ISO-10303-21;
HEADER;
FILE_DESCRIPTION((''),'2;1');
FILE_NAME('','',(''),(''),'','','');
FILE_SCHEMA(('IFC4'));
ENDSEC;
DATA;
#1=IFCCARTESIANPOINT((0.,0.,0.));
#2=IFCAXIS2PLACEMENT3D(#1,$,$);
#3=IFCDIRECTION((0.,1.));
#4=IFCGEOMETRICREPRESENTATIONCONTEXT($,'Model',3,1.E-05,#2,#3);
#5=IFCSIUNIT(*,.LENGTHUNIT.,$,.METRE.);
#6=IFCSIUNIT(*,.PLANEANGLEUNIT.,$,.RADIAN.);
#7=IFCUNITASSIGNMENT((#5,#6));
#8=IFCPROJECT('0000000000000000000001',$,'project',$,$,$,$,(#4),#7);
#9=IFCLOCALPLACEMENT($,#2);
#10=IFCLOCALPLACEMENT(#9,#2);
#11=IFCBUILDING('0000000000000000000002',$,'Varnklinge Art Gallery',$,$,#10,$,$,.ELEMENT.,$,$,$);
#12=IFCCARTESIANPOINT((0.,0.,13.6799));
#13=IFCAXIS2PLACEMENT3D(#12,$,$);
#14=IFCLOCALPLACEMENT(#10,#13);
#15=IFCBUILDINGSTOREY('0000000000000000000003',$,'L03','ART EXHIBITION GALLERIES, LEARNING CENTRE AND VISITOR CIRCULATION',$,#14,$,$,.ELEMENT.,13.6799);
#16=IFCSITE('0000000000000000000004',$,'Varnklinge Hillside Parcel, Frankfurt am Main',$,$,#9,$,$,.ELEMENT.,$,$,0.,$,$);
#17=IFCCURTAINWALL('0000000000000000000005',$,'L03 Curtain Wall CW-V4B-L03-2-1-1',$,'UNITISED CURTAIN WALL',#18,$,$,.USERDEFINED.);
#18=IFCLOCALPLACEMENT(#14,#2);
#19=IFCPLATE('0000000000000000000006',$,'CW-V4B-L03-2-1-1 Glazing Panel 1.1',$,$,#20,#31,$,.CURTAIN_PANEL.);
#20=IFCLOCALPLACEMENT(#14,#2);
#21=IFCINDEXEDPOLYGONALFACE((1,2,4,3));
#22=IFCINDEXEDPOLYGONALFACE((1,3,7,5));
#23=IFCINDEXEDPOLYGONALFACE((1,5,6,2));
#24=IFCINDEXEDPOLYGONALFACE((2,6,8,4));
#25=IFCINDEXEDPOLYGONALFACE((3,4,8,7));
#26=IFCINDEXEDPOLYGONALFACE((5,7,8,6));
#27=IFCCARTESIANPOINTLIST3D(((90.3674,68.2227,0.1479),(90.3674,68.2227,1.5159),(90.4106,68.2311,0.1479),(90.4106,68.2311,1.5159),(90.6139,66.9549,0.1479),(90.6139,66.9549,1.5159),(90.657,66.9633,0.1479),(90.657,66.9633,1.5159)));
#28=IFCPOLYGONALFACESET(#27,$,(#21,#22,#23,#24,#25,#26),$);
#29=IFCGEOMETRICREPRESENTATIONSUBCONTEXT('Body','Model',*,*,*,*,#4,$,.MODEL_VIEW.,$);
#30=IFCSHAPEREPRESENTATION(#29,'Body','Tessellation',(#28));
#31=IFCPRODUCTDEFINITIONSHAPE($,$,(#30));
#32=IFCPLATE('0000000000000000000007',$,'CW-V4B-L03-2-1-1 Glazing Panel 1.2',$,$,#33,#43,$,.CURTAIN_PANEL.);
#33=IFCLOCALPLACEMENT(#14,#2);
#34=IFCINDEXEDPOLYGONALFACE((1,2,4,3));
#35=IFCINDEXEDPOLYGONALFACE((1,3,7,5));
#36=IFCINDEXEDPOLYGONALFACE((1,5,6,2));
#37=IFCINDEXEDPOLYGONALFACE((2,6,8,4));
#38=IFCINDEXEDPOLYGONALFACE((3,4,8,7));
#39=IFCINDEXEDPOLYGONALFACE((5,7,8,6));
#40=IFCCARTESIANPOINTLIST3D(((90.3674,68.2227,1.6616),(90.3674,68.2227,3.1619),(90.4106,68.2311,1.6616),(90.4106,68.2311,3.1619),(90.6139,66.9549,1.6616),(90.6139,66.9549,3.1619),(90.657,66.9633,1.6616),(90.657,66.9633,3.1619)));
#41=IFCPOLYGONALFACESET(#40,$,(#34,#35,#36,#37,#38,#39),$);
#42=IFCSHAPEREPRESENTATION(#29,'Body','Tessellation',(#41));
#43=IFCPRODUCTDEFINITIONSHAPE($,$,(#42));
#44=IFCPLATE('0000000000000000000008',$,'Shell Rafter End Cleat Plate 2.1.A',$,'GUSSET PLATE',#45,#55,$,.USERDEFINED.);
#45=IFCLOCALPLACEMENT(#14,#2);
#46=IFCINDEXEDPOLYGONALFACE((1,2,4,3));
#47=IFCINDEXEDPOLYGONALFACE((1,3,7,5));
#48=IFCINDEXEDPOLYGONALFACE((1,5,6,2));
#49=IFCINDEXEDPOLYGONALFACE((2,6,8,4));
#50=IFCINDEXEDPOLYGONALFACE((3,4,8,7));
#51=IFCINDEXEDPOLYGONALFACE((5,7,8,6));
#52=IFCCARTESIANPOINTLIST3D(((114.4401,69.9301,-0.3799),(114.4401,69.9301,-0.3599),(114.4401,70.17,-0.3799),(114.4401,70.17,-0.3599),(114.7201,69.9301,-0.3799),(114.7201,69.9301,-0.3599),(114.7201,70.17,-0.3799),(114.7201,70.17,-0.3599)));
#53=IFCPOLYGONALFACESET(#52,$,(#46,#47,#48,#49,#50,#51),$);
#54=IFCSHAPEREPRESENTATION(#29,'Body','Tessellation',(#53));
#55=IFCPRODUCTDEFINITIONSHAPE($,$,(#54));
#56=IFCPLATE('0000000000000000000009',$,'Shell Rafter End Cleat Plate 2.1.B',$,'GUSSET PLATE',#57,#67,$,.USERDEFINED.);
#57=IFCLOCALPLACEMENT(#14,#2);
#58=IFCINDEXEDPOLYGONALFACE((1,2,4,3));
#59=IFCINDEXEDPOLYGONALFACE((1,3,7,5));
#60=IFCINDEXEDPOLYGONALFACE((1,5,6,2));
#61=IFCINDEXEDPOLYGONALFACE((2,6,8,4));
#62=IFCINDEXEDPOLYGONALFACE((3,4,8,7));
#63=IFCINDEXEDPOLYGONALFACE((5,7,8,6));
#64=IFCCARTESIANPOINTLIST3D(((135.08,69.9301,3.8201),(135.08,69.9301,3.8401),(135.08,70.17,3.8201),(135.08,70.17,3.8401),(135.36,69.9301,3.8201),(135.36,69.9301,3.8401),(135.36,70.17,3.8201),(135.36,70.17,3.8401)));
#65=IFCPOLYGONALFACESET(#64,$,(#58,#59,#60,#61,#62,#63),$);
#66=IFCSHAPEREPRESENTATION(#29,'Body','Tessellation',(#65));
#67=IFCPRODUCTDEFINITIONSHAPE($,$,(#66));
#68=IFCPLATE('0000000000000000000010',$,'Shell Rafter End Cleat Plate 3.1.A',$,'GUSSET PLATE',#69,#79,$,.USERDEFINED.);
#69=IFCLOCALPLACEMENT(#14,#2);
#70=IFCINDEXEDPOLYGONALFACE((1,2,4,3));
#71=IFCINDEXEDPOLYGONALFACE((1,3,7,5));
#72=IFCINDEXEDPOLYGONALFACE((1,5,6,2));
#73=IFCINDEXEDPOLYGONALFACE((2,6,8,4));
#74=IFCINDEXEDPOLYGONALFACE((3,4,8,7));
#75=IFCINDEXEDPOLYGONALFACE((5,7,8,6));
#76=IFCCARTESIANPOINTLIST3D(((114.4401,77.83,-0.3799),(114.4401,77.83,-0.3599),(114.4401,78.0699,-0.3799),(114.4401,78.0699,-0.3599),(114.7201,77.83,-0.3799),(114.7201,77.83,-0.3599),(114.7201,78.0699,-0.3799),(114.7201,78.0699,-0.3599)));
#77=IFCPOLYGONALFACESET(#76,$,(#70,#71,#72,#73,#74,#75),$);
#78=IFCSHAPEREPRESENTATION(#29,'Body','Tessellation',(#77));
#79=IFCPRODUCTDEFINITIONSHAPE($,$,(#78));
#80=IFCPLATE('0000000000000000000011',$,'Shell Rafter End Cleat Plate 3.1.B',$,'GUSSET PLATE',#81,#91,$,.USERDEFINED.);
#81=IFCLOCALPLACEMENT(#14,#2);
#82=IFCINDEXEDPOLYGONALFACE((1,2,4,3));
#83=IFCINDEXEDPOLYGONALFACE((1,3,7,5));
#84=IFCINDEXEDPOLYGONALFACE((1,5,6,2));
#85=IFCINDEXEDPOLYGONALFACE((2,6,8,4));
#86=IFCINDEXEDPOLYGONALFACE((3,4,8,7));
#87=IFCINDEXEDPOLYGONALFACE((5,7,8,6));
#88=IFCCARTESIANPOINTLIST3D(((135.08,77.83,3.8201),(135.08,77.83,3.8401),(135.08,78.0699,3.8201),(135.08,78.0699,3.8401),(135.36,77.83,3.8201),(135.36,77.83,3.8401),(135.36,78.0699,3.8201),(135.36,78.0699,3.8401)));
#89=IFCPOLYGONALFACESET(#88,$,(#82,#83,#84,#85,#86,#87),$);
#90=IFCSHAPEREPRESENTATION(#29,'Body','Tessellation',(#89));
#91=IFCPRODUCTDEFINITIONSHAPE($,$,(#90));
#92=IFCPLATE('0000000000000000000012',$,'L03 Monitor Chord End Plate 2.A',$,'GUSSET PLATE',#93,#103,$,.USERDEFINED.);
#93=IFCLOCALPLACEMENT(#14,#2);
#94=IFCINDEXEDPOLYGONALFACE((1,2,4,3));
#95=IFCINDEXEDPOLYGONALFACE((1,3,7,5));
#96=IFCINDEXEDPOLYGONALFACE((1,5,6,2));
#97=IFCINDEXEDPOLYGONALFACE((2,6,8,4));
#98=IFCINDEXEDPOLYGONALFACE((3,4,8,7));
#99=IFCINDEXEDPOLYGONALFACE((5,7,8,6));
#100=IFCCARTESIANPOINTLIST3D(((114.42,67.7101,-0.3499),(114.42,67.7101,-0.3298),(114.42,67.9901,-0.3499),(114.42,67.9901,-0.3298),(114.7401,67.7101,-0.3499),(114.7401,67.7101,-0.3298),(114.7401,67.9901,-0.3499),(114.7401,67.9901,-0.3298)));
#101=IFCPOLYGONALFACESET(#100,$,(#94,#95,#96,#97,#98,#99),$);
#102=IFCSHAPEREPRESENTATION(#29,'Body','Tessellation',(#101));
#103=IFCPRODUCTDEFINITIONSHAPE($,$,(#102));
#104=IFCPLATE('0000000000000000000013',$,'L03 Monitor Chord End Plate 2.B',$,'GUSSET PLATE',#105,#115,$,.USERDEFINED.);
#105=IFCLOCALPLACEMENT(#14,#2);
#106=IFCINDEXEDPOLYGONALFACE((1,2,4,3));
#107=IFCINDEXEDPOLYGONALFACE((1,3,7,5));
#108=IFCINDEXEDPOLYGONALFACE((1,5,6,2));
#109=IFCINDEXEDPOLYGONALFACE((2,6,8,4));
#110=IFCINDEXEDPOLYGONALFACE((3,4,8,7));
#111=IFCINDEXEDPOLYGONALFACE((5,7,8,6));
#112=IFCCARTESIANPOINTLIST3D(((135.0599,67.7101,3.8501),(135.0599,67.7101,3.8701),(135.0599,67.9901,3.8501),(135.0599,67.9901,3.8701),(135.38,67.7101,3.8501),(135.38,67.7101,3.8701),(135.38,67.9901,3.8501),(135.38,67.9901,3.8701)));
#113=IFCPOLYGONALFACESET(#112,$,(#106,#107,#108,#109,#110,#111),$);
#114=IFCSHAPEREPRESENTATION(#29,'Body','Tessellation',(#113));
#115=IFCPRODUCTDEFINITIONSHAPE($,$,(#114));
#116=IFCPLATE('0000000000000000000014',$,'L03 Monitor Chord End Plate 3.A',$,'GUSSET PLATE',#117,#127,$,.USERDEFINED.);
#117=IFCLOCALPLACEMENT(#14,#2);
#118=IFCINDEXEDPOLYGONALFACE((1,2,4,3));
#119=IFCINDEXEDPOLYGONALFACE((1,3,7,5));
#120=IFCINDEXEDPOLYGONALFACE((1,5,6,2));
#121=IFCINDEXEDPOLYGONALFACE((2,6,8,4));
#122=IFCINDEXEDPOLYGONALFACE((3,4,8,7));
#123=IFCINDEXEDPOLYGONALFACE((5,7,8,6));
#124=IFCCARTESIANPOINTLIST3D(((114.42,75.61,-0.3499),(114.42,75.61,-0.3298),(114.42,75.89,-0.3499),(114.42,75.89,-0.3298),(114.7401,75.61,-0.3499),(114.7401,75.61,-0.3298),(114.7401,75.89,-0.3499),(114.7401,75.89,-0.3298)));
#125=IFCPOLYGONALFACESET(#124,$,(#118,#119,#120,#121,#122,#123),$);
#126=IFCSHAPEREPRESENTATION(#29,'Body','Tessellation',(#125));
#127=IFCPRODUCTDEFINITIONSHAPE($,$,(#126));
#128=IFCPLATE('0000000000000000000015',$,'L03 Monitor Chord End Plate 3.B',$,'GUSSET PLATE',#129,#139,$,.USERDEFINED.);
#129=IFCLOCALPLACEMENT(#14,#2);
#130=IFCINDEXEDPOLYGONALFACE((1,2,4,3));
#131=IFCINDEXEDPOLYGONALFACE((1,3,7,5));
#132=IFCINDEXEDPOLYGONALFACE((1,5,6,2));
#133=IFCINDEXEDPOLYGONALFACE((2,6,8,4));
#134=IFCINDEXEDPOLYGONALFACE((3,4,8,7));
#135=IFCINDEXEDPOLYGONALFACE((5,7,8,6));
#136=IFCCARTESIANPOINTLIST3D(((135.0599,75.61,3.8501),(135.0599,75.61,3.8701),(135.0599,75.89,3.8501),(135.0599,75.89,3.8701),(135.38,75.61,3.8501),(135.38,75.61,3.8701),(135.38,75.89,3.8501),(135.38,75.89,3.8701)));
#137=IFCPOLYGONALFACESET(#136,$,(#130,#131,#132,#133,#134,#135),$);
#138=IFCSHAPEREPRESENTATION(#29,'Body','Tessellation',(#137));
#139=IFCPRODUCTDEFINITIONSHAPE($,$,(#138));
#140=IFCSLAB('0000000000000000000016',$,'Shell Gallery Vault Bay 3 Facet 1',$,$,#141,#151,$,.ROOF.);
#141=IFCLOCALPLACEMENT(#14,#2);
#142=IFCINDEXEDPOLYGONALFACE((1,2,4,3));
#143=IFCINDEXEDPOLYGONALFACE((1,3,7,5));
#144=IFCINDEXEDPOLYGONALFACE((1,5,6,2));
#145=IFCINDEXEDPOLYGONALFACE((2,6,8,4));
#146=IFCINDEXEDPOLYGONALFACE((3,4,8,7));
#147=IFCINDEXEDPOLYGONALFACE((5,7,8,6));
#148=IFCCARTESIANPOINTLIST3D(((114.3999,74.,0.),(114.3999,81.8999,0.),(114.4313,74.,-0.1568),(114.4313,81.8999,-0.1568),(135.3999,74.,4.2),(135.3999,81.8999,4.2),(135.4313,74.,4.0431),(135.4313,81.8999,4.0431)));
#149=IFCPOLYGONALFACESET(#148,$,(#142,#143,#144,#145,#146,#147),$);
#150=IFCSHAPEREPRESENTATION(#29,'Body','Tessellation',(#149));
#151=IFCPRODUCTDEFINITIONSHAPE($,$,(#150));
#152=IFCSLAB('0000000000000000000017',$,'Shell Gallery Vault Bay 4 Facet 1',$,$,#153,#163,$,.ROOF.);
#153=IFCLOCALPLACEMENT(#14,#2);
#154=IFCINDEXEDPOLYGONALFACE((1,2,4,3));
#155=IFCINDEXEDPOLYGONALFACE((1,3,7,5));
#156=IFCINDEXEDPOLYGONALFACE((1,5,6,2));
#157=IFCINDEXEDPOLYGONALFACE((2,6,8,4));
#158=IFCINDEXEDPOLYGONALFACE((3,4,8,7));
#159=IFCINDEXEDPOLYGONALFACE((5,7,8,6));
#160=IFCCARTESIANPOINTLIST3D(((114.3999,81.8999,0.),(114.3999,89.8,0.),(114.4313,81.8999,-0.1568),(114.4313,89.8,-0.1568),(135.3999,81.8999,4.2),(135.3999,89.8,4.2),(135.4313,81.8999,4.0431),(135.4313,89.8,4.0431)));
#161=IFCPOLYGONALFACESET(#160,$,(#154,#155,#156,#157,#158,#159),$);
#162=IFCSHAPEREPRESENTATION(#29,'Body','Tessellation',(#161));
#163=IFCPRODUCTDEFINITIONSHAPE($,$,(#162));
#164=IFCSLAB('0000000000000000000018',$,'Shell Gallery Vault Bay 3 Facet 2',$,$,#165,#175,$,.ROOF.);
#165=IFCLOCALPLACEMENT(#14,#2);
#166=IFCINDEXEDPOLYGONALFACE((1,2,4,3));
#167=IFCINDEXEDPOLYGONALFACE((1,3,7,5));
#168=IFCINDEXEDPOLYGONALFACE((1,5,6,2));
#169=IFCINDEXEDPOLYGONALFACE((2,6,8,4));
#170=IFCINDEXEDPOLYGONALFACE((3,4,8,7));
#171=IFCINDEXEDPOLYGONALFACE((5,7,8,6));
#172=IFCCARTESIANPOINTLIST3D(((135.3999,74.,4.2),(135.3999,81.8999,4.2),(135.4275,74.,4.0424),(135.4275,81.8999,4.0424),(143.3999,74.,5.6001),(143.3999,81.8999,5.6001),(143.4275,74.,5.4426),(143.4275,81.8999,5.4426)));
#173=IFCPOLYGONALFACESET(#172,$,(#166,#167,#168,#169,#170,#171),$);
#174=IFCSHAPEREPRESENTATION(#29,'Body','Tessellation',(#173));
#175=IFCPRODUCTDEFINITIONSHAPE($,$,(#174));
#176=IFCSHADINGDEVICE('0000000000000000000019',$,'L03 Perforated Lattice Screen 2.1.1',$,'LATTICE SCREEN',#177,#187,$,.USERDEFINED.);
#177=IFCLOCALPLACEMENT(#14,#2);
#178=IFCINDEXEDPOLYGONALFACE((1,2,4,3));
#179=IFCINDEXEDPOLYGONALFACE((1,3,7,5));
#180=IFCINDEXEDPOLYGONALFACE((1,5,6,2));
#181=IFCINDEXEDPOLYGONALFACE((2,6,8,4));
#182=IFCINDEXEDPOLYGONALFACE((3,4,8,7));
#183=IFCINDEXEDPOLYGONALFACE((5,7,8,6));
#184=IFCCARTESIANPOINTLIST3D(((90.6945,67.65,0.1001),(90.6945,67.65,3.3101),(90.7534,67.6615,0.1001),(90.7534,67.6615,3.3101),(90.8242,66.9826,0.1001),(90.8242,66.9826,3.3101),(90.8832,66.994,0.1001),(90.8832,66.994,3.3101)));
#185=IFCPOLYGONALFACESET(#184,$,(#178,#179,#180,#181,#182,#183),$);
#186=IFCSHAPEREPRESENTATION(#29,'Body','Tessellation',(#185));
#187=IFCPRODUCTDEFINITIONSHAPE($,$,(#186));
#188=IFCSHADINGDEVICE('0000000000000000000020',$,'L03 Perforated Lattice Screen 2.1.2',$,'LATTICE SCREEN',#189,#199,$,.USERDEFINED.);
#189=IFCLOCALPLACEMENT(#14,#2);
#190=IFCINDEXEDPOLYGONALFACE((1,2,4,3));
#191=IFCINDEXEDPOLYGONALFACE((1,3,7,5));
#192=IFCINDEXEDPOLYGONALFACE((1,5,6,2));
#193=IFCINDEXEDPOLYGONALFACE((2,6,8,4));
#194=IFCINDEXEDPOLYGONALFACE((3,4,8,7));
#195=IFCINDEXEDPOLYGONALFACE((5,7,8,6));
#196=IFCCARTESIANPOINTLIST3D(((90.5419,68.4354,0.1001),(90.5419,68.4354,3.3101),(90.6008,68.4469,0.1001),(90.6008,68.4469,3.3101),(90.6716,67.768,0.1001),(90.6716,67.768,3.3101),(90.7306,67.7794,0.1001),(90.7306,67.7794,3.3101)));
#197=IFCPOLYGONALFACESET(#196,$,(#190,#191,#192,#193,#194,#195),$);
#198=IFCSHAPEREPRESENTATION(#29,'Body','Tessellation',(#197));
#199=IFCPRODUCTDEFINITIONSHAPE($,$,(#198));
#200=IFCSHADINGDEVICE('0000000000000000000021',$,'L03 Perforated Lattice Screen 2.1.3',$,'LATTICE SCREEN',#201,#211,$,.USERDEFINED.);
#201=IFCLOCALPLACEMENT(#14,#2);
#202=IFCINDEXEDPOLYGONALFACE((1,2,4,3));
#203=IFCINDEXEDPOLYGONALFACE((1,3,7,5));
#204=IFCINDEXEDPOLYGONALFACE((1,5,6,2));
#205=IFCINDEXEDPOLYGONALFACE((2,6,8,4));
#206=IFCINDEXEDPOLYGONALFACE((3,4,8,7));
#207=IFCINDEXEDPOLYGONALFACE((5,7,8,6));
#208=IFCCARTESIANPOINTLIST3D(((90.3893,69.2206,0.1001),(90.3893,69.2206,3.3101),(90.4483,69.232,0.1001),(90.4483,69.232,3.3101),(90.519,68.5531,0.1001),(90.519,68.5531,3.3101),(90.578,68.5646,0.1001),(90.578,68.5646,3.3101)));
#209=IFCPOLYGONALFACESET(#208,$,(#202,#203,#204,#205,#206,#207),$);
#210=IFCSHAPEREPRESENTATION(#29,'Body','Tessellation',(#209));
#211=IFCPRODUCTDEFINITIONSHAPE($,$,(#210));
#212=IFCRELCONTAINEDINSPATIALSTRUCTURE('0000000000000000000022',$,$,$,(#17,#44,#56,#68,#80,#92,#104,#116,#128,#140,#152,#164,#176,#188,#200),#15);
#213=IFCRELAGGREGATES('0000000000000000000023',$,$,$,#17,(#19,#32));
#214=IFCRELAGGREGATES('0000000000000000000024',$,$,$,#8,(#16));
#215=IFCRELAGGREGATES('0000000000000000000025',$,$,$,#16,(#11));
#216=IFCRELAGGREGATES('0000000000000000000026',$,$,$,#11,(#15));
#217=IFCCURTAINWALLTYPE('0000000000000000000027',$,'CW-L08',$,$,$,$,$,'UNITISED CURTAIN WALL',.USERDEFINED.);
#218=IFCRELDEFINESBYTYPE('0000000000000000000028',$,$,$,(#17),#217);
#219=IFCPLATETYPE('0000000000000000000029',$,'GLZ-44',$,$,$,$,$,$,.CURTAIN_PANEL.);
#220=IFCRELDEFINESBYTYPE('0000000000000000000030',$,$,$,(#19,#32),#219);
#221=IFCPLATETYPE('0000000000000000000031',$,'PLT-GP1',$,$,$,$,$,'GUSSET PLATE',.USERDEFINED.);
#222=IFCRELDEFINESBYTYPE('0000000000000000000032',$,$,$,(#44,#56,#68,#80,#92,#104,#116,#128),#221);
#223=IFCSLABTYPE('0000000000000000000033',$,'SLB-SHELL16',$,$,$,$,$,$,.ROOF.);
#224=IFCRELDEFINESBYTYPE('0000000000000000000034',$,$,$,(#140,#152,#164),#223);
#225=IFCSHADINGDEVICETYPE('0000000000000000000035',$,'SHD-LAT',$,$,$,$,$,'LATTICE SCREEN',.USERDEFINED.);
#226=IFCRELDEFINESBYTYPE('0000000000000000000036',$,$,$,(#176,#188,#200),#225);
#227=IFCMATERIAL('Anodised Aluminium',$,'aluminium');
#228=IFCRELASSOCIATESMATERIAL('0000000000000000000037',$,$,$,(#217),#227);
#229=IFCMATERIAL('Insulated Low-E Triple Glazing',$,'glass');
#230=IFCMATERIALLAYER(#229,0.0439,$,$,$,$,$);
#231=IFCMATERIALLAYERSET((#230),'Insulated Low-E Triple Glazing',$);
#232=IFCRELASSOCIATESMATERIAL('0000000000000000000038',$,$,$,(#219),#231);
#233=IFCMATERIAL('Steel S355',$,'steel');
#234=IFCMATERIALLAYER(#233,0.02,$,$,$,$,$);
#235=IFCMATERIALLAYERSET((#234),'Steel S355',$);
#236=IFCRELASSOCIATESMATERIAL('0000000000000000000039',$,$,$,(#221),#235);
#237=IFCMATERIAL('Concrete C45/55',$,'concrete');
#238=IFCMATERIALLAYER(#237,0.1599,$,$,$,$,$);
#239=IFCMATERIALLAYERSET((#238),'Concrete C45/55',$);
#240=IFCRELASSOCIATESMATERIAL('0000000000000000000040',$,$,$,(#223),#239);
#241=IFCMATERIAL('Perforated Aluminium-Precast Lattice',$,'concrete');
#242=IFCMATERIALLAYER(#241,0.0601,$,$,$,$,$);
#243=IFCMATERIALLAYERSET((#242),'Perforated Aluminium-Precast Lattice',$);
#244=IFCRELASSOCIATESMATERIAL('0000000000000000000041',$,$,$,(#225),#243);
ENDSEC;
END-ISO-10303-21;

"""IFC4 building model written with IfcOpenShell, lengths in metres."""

from ifc_helpers import new_model, si_unit, direction, frame, origin, origin_2d, place, context, subcontext, project, spatial, polyline, rectangle, outline, extrude, material, layer, layer_set, type_object, element, aggregate, save


model = new_model("IFC4")

# Units and contexts
model_context = context("Model", 3, precision=1e-05, world=origin(), true_north=direction((0.0, 1.0)))
body_context = subcontext(model_context, "Body", "Model", "MODEL_VIEW")
ifc_project = project(units=[si_unit("LENGTHUNIT", "METRE"), si_unit("PLANEANGLEUNIT", "RADIAN")], contexts=[model_context])

# Site, building, storey
site_placement = place(None, origin())
site = spatial("IfcSite", under=ifc_project, at=site_placement, Name="Varnklinge Hillside Parcel, Frankfurt am Main", CompositionType="ELEMENT", RefElevation=0.0)
building_placement = place(site_placement, origin())
building = spatial("IfcBuilding", under=site, at=building_placement, Name="Varnklinge Art Gallery", CompositionType="ELEMENT")
storey_placement = place(building_placement, frame((0.0, 0.0, 13.6799)))
storey = spatial("IfcBuildingStorey", under=building, at=storey_placement, Name="L03", Description="ART EXHIBITION GALLERIES, LEARNING CENTRE AND VISITOR CIRCULATION", CompositionType="ELEMENT", Elevation=13.6799)

# Curtain wall
ifc_material_1 = material(Name="Anodised Aluminium", Category="aluminium")
curtain_wall_type_1 = type_object("IfcCurtainWallType", Name="CW-L08", ElementType="UNITISED CURTAIN WALL", PredefinedType="USERDEFINED", material=ifc_material_1)
curtain_wall_1_placement = place(storey_placement, origin())
curtain_wall_1 = element("IfcCurtainWall", 1, at=curtain_wall_1_placement, inside=storey, type_object=curtain_wall_type_1, Name="L03 Curtain Wall CW-V4B-L03-2-1-1", ObjectType="UNITISED CURTAIN WALL", PredefinedType="USERDEFINED")

# Plates
ifc_material_2 = material(Name="Insulated Low-E Triple Glazing", Category="glass")
ifc_layer_1 = layer(ifc_material_2, 0.0439)
ifc_layer_set_1 = layer_set([ifc_layer_1], Name="Insulated Low-E Triple Glazing")
plate_type_1 = type_object("IfcPlateType", Name="GLZ-44", PredefinedType="CURTAIN_PANEL", material=ifc_layer_set_1)
plate_1_placement = place(storey_placement, frame((90.5122, 67.593, 0.1479), z_axis=(0.0, 0.0, 1.0), x_axis=(-0.190809, 0.981627, 0.0)))
plate_1 = element("IfcPlate", 2, at=plate_1_placement, type_object=plate_type_1, Name="CW-V4B-L03-2-1-1 Glazing Panel 1.1", PredefinedType="CURTAIN_PANEL", context=body_context, shape_type="SweptSolid", body=[
    extrude(rectangle(XDim=1.2915, YDim=0.0439, at=origin_2d()), origin(), (0.0, 0.0, 1.0), 1.3679),
])
plate_2_placement = place(storey_placement, frame((90.5122, 67.593, 1.6616), z_axis=(0.0, 0.0, 1.0), x_axis=(-0.190809, 0.981627, 0.0)))
plate_2 = element("IfcPlate", 3, at=plate_2_placement, type_object=plate_type_1, Name="CW-V4B-L03-2-1-1 Glazing Panel 1.2", PredefinedType="CURTAIN_PANEL", context=body_context, shape_type="SweptSolid", body=[
    extrude(rectangle(XDim=1.2915, YDim=0.0439, at=origin_2d()), origin(), (0.0, 0.0, 1.0), 1.5002),
])
aggregate(curtain_wall_1, [plate_1, plate_2])

# Plates
ifc_material_3 = material(Name="Steel S355", Category="steel")
ifc_layer_2 = layer(ifc_material_3, 0.02)
ifc_layer_set_2 = layer_set([ifc_layer_2], Name="Steel S355")
plate_type_2 = type_object("IfcPlateType", Name="PLT-GP1", ElementType="GUSSET PLATE", PredefinedType="USERDEFINED", material=ifc_layer_set_2)
for number, where, z_axis, x_axis, name in (
    (4, (114.5801, 70.05, -0.3799), (0.0, 0.0, 1.0), (1.0, 0.0, 0.0), "Shell Rafter End Cleat Plate 2.1.A"),
    (5, (135.22, 70.05, 3.8201), (0.0, 0.0, 1.0), (1.0, 0.0, 0.0), "Shell Rafter End Cleat Plate 2.1.B"),
    (6, (114.5801, 77.95, -0.3799), (0.0, 0.0, 1.0), (1.0, 0.0, 0.0), "Shell Rafter End Cleat Plate 3.1.A"),
    (7, (135.22, 77.95, 3.8201), (0.0, 0.0, 1.0), (1.0, 0.0, 0.0), "Shell Rafter End Cleat Plate 3.1.B"),
):
    element("IfcPlate", number, at=place(storey_placement, frame(where, z_axis=z_axis, x_axis=x_axis)), inside=storey, type_object=plate_type_2, Name=name, ObjectType="GUSSET PLATE", PredefinedType="USERDEFINED", context=body_context, shape_type="SweptSolid", body=[
        extrude(rectangle(XDim=0.28, YDim=0.24, at=origin_2d()), origin(), (0.0, 0.0, 1.0), 0.02),
    ])
for number, where, z_axis, x_axis, name in (
    (8, (114.5801, 67.8501, -0.3499), (0.0, 0.0, 1.0), (1.0, 0.0, 0.0), "L03 Monitor Chord End Plate 2.A"),
    (9, (135.22, 67.8501, 3.8501), (0.0, 0.0, 1.0), (1.0, 0.0, 0.0), "L03 Monitor Chord End Plate 2.B"),
    (10, (114.5801, 75.75, -0.3499), (0.0, 0.0, 1.0), (1.0, 0.0, 0.0), "L03 Monitor Chord End Plate 3.A"),
    (11, (135.22, 75.75, 3.8501), (0.0, 0.0, 1.0), (1.0, 0.0, 0.0), "L03 Monitor Chord End Plate 3.B"),
):
    element("IfcPlate", number, at=place(storey_placement, frame(where, z_axis=z_axis, x_axis=x_axis)), inside=storey, type_object=plate_type_2, Name=name, ObjectType="GUSSET PLATE", PredefinedType="USERDEFINED", context=body_context, shape_type="SweptSolid", body=[
        extrude(rectangle(XDim=0.3201, YDim=0.28, at=origin_2d()), origin(), (0.0, 0.0, 1.0), 0.02),
    ])

# Slabs
ifc_material_4 = material(Name="Concrete C45/55", Category="concrete")
ifc_layer_3 = layer(ifc_material_4, 0.1599)
ifc_layer_set_3 = layer_set([ifc_layer_3], Name="Concrete C45/55")
slab_type = type_object("IfcSlabType", Name="SLB-SHELL16", PredefinedType="ROOF", material=ifc_layer_set_3)
slab_1_placement = place(storey_placement, frame((114.3999, 74.0, 0.0), z_axis=(-0.196114, 0.0, 0.980581), x_axis=(0.980581, 0.0, 0.196114)))
element("IfcSlab", 12, at=slab_1_placement, inside=storey, type_object=slab_type, Name="Shell Gallery Vault Bay 3 Facet 1", PredefinedType="ROOF", context=body_context, shape_type="SweptSolid", body=[
    extrude(outline(polyline([(0.0, 0.0), (21.4159, 0.0), (21.4159, 7.8999), (0.0, 7.8999), (0.0, 0.0)])), origin(), (0.0, 0.0, -1.0), 0.1599),
])
slab_2_placement = place(storey_placement, frame((114.3999, 81.8999, 0.0), z_axis=(-0.196114, 0.0, 0.980581), x_axis=(0.980581, 0.0, 0.196114)))
element("IfcSlab", 13, at=slab_2_placement, inside=storey, type_object=slab_type, Name="Shell Gallery Vault Bay 4 Facet 1", PredefinedType="ROOF", context=body_context, shape_type="SweptSolid", body=[
    extrude(outline(polyline([(0.0, 0.0), (21.4159, 0.0), (21.4159, 7.9001), (0.0, 7.9001), (0.0, 0.0)])), origin(), (0.0, 0.0, -1.0), 0.1599),
])
slab_3_placement = place(storey_placement, frame((135.3999, 74.0, 4.2), z_axis=(-0.172398, 0.0, 0.985027), x_axis=(0.985027, 0.0, 0.172398)))
element("IfcSlab", 14, at=slab_3_placement, inside=storey, type_object=slab_type, Name="Shell Gallery Vault Bay 3 Facet 2", PredefinedType="ROOF", context=body_context, shape_type="SweptSolid", body=[
    extrude(outline(polyline([(0.0, 0.0), (8.1216, 0.0), (8.1216, 7.8999), (0.0, 7.8999), (0.0, 0.0)])), origin(), (0.0, 0.0, -1.0), 0.1599),
])

# Shading devices
ifc_material_5 = material(Name="Perforated Aluminium-Precast Lattice", Category="concrete")
ifc_layer_4 = layer(ifc_material_5, 0.0601)
ifc_layer_set_4 = layer_set([ifc_layer_4], Name="Perforated Aluminium-Precast Lattice")
shading_device_type = type_object("IfcShadingDeviceType", Name="SHD-LAT", ElementType="LATTICE SCREEN", PredefinedType="USERDEFINED", material=ifc_layer_set_4)
for number, where, z_axis, x_axis, name in (
    (15, (90.7888, 67.322, 0.1001), (0.0, 0.0, 1.0), (-0.190809, 0.981627, 0.0), "L03 Perforated Lattice Screen 2.1.1"),
    (16, (90.6362, 68.1074, 0.1001), (0.0, 0.0, 1.0), (-0.190809, 0.981627, 0.0), "L03 Perforated Lattice Screen 2.1.2"),
    (17, (90.4836, 68.8926, 0.1001), (0.0, 0.0, 1.0), (-0.190809, 0.981627, 0.0), "L03 Perforated Lattice Screen 2.1.3"),
):
    element("IfcShadingDevice", number, at=place(storey_placement, frame(where, z_axis=z_axis, x_axis=x_axis)), inside=storey, type_object=shading_device_type, Name=name, ObjectType="LATTICE SCREEN", PredefinedType="USERDEFINED", context=body_context, shape_type="SweptSolid", body=[
        extrude(rectangle(XDim=0.6799, YDim=0.0601, at=origin_2d()), origin(), (0.0, 0.0, 1.0), 3.21),
    ])

save(model, "model.ifc")
